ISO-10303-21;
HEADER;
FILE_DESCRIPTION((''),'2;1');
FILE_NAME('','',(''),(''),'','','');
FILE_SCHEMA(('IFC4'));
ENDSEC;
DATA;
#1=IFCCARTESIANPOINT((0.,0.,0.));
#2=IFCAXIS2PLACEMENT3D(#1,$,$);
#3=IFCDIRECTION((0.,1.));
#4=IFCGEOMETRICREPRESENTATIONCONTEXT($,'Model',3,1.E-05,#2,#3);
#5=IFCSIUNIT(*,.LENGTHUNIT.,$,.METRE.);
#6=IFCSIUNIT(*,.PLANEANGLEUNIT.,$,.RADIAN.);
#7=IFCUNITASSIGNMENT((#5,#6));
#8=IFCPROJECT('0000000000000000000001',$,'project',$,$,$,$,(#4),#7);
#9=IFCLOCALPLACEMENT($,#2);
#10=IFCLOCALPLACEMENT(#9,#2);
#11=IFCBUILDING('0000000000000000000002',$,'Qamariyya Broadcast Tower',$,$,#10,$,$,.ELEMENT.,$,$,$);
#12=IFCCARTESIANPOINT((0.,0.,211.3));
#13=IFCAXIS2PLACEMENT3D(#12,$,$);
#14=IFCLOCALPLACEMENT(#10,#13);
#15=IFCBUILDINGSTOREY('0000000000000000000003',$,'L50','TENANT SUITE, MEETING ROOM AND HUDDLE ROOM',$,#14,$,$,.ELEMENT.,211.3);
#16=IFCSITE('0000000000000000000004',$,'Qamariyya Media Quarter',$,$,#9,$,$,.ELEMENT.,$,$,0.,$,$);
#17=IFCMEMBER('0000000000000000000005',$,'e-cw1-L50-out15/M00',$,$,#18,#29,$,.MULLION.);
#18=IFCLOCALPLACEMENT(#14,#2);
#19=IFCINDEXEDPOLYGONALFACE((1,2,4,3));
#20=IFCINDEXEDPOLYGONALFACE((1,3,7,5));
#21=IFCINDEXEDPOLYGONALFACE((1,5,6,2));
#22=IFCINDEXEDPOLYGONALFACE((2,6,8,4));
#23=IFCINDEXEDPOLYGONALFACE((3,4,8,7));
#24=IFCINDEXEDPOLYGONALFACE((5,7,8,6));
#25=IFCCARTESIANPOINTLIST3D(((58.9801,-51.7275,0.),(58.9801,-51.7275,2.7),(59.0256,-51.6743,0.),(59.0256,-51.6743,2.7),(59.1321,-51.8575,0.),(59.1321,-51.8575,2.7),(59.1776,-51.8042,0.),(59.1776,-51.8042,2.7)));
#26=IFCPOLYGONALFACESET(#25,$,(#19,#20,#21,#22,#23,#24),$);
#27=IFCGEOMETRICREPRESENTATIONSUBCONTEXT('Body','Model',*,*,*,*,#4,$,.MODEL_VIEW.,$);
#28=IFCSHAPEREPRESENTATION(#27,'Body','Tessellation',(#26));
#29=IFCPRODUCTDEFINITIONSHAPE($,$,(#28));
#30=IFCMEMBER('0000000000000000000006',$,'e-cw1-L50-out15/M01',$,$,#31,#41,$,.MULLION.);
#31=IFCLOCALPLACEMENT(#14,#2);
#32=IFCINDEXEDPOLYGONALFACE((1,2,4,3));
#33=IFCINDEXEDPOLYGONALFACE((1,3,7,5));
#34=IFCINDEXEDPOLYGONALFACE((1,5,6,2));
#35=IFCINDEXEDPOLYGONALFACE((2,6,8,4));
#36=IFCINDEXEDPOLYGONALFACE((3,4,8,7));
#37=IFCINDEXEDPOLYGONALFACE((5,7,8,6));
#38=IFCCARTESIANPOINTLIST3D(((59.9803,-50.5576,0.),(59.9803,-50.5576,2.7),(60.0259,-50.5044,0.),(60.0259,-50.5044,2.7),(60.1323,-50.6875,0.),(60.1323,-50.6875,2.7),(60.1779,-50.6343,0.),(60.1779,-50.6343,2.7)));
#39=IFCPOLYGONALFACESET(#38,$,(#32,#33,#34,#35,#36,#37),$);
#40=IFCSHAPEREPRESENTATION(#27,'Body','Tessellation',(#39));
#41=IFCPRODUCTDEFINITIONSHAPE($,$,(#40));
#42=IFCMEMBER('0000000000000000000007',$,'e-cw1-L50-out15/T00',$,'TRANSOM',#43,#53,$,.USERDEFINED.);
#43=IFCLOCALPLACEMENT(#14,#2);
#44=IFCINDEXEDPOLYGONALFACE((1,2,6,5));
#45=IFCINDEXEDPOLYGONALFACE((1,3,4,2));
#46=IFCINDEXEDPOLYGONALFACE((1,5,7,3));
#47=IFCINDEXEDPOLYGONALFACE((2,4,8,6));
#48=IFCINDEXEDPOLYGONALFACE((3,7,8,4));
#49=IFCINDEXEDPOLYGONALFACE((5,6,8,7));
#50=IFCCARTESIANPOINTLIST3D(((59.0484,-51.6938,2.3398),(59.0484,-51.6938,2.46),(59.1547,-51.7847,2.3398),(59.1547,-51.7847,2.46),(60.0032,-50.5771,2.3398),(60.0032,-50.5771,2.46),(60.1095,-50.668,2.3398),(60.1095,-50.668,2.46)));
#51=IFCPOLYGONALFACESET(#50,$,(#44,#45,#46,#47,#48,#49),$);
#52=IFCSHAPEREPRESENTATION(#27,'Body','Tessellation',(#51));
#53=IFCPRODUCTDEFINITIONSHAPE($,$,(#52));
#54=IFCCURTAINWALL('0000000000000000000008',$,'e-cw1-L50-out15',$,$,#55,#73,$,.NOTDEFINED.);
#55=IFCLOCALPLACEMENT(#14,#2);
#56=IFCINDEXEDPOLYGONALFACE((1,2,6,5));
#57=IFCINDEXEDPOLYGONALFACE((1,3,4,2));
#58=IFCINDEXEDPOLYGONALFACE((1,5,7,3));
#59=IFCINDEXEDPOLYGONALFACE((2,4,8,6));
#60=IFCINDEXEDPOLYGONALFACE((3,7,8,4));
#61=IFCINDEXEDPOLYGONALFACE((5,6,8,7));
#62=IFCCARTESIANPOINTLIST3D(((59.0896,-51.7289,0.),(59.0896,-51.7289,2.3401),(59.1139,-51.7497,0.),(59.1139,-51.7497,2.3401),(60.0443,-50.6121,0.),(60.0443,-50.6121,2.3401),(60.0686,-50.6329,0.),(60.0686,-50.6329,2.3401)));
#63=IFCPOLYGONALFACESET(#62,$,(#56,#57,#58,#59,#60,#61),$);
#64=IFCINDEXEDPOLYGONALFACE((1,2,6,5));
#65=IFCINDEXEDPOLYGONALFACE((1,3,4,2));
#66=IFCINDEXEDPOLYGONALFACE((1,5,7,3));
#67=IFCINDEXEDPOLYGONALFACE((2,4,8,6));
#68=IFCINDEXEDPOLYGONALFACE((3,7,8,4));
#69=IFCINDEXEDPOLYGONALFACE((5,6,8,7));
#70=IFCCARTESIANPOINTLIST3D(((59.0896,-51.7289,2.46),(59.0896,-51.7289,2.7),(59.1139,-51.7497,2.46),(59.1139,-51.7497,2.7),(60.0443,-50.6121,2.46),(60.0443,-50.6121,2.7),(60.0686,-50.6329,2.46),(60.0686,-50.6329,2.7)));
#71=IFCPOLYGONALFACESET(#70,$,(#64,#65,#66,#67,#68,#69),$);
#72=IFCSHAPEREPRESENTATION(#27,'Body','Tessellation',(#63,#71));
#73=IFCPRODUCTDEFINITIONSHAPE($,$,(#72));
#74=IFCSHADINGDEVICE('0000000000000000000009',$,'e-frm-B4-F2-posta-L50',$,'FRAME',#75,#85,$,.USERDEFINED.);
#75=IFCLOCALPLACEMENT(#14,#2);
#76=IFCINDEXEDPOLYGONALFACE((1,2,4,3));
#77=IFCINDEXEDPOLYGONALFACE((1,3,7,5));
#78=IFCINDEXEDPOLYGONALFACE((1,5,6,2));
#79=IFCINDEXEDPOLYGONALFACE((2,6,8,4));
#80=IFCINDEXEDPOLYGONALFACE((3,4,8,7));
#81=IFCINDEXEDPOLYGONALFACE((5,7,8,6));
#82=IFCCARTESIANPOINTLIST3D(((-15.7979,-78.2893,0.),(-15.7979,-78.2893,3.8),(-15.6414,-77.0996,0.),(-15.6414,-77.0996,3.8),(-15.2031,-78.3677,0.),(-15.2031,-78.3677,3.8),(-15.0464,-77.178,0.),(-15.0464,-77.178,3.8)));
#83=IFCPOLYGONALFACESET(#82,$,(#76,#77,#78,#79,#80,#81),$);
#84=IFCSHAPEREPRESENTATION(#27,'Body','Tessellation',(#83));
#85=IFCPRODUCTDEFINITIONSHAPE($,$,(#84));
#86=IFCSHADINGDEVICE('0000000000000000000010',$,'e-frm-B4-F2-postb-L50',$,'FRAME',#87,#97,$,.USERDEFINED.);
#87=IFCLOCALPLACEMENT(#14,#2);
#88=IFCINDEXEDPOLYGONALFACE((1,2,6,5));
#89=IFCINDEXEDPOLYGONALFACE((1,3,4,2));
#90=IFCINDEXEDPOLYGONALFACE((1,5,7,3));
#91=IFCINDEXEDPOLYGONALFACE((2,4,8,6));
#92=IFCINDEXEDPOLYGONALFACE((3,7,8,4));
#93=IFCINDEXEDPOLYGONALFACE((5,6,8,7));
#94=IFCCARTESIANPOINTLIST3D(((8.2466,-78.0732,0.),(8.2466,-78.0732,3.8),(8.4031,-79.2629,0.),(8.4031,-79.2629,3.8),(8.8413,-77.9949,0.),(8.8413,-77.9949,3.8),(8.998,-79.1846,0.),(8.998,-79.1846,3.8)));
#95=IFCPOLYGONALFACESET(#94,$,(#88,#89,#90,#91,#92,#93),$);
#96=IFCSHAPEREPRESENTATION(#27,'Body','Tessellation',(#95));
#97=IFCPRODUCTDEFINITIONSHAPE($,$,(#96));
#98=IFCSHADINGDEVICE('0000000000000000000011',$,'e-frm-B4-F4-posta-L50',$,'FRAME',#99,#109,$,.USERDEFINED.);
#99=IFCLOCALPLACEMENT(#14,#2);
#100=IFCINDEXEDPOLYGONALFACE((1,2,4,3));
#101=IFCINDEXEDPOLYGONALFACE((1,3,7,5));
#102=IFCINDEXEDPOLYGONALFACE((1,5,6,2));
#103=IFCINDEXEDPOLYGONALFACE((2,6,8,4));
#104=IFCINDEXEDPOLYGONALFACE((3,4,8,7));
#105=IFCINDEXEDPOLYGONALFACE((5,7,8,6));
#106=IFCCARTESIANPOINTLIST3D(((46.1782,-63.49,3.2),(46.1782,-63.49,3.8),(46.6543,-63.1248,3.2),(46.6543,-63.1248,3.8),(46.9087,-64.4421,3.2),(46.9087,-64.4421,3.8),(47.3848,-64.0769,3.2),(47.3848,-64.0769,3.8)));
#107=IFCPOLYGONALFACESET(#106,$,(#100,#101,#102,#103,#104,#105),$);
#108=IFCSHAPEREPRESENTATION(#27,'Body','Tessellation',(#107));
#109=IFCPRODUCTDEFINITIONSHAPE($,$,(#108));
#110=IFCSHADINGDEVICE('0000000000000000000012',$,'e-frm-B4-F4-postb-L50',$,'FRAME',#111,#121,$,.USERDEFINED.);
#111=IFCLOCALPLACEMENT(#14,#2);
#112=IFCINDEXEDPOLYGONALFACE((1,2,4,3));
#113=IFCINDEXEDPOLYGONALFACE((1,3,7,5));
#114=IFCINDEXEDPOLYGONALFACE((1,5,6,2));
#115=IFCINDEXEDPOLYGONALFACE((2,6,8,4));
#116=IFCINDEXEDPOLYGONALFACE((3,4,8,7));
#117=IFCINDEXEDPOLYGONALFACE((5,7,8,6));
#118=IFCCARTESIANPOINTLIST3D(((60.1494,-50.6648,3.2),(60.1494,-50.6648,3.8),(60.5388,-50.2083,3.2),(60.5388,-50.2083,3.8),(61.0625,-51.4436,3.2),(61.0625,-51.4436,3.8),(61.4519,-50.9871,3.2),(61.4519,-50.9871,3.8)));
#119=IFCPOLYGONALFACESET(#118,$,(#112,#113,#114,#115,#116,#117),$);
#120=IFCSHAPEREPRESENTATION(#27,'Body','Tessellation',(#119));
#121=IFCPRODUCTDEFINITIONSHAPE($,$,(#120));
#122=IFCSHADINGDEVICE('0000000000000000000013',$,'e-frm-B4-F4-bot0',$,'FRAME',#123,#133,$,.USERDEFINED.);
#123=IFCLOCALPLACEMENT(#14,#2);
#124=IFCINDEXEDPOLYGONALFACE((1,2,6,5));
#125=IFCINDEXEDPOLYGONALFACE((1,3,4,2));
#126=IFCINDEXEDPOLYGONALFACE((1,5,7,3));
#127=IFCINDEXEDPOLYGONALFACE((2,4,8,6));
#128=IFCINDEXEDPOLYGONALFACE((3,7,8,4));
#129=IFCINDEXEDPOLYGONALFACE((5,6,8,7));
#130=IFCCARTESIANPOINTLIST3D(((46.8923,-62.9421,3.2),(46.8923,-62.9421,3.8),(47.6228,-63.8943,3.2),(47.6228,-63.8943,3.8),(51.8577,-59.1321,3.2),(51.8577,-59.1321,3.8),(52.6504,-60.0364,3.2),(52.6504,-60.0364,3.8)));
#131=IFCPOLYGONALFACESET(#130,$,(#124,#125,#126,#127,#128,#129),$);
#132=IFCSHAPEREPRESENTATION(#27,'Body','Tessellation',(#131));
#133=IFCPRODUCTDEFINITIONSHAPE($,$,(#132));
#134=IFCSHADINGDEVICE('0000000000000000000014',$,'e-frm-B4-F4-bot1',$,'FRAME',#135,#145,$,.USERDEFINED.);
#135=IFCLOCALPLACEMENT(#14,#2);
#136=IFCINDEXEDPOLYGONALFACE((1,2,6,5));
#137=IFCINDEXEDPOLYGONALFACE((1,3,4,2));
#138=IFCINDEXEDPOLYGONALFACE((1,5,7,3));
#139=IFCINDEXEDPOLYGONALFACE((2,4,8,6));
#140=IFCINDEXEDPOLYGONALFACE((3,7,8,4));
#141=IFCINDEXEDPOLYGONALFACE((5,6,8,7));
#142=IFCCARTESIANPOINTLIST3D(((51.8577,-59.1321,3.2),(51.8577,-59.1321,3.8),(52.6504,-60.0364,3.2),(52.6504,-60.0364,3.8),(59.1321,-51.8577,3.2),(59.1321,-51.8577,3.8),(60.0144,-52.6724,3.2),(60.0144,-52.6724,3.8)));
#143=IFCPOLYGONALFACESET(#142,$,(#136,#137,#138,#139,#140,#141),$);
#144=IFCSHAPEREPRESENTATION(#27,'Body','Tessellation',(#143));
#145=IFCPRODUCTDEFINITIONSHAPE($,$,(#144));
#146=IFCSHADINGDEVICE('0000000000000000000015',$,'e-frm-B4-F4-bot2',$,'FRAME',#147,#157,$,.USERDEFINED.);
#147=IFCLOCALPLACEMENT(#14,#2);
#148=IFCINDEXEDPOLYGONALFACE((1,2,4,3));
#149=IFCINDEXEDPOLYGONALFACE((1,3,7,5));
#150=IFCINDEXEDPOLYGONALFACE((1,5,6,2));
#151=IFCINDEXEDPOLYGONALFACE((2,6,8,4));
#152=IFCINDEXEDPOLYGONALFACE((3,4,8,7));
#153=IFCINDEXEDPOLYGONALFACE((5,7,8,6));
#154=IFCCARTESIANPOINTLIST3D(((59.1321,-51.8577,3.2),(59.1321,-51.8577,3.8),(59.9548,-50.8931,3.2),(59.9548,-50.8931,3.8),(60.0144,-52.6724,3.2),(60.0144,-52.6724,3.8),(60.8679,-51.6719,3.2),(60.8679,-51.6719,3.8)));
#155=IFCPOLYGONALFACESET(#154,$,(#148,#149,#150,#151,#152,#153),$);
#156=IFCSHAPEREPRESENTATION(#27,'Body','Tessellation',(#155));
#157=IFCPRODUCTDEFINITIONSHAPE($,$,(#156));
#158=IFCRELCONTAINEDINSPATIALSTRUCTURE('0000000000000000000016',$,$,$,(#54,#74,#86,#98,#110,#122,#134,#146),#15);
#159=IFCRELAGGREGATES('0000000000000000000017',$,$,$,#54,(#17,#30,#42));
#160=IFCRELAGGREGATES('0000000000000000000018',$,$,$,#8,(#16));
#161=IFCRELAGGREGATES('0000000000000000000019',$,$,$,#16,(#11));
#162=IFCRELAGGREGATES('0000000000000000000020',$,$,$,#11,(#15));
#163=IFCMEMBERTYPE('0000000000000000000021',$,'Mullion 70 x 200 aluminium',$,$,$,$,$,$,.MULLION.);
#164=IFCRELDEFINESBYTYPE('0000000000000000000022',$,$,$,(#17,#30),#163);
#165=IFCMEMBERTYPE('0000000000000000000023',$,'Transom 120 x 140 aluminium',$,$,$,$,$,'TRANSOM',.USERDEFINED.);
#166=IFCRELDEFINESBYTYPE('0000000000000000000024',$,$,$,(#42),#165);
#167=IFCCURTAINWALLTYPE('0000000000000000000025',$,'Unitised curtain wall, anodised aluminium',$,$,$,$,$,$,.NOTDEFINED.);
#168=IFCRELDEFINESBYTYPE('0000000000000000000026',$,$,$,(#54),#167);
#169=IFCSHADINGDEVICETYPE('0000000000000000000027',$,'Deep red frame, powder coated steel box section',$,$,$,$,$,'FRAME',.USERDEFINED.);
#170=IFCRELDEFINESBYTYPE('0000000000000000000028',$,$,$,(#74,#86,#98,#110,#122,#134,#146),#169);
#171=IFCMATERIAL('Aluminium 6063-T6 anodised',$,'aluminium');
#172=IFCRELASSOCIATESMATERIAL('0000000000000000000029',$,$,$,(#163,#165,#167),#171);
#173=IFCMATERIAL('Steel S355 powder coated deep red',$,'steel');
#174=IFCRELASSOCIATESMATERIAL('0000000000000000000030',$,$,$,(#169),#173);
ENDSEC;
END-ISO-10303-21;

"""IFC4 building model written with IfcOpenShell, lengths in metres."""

from ifc_helpers import new_model, si_unit, direction, frame, origin, origin_2d, place, context, subcontext, project, spatial, polyline, rectangle, outline, extrude, material, material_profile, profile_set, type_object, element, aggregate, save


model = new_model("IFC4")

# Units and contexts
model_context = context("Model", 3, precision=1e-05, world=origin(), true_north=direction((0.0, 1.0)))
body_context = subcontext(model_context, "Body", "Model", "MODEL_VIEW")
ifc_project = project(units=[si_unit("LENGTHUNIT", "METRE"), si_unit("PLANEANGLEUNIT", "RADIAN")], contexts=[model_context])

# Members
ifc_material_1 = material(Name="Aluminium 6063-T6 anodised", Category="aluminium")
ifc_material_profile_1 = material_profile(ifc_material_1, rectangle(XDim=0.2, YDim=0.0701, at=origin_2d()))
ifc_profile_set_1 = profile_set([ifc_material_profile_1], Name="Aluminium 6063-T6 anodised")
member_type_1 = type_object("IfcMemberType", Name="Mullion 70 x 200 aluminium", PredefinedType="MULLION", material=ifc_profile_set_1)
site_placement = place(None, origin())
building_placement = place(site_placement, origin())
storey_placement = place(building_placement, frame((0.0, 0.0, 211.3)))
member_1_placement = place(storey_placement, frame((59.0789, -51.7659, 0.0), z_axis=(0.0, 0.0, 1.0), x_axis=(-0.760138, 0.649761, 0.0)))
member_1 = element("IfcMember", 1, at=member_1_placement, type_object=member_type_1, Name="e-cw1-L50-out15/M00", PredefinedType="MULLION", context=body_context, shape_type="SweptSolid", body=[
    extrude(rectangle(XDim=0.2, YDim=0.0701, at=origin_2d()), origin(), (0.0, 0.0, 1.0), 2.7),
])
member_2_placement = place(storey_placement, frame((60.0791, -50.5959, 0.0), z_axis=(0.0, 0.0, 1.0), x_axis=(-0.760138, 0.649761, 0.0)))
member_2 = element("IfcMember", 2, at=member_2_placement, type_object=member_type_1, Name="e-cw1-L50-out15/M01", PredefinedType="MULLION", context=body_context, shape_type="SweptSolid", body=[
    extrude(rectangle(XDim=0.2, YDim=0.0701, at=origin_2d()), origin(), (0.0, 0.0, 1.0), 2.7),
])
ifc_material_profile_2 = material_profile(ifc_material_1, rectangle(XDim=0.1399, YDim=0.1201, at=origin_2d()))
ifc_profile_set_2 = profile_set([ifc_material_profile_2], Name="Aluminium 6063-T6 anodised")
member_type_2 = type_object("IfcMemberType", Name="Transom 120 x 140 aluminium", ElementType="TRANSOM", PredefinedType="USERDEFINED", material=ifc_profile_set_2)
member_3_placement = place(storey_placement, frame((59.1016, -51.7393, 2.3999), z_axis=(0.649874, 0.760042, 0.0), x_axis=(-0.760042, 0.649874, 0.0)))
member_3 = element("IfcMember", 3, at=member_3_placement, type_object=member_type_2, Name="e-cw1-L50-out15/T00", ObjectType="TRANSOM", PredefinedType="USERDEFINED", context=body_context, shape_type="SweptSolid", body=[
    extrude(rectangle(XDim=0.1399, YDim=0.1201, at=origin_2d()), origin(), (0.0, 0.0, 1.0), 1.4692),
])

# Site, building, storey
site = spatial("IfcSite", under=ifc_project, at=site_placement, Name="Qamariyya Media Quarter", CompositionType="ELEMENT", RefElevation=0.0)
building = spatial("IfcBuilding", under=site, at=building_placement, Name="Qamariyya Broadcast Tower", CompositionType="ELEMENT")
storey = spatial("IfcBuildingStorey", under=building, at=storey_placement, Name="L50", Description="TENANT SUITE, MEETING ROOM AND HUDDLE ROOM", CompositionType="ELEMENT", Elevation=211.3)

# Curtain wall
curtain_wall_type = type_object("IfcCurtainWallType", Name="Unitised curtain wall, anodised aluminium", PredefinedType="NOTDEFINED", material=ifc_material_1)
curtain_wall_1_placement = place(storey_placement, origin())
curtain_wall_1 = element("IfcCurtainWall", 4, at=curtain_wall_1_placement, inside=storey, type_object=curtain_wall_type, Name="e-cw1-L50-out15", PredefinedType="NOTDEFINED", context=body_context, shape_type="SweptSolid", body=[
    extrude(rectangle(XDim=1.4692, YDim=0.032, at=origin_2d()), frame((59.5791, -51.1809, 0.0), x_axis=(0.649804, 0.760102, 0.0)), (0.0, 0.0, 1.0), 2.3401),
    extrude(rectangle(XDim=1.4692, YDim=0.032, at=origin_2d()), frame((59.5791, -51.1809, 2.46), x_axis=(0.649804, 0.760102, 0.0)), (0.0, 0.0, 1.0), 0.24),
])
aggregate(curtain_wall_1, [member_1, member_2, member_3])

# Shading devices
ifc_material_2 = material(Name="Steel S355 powder coated deep red", Category="steel")
shading_device_type = type_object("IfcShadingDeviceType", Name="Deep red frame, powder coated steel box section", ElementType="FRAME", PredefinedType="USERDEFINED", material=ifc_material_2)
shading_device_1_placement = place(storey_placement, origin())
element("IfcShadingDevice", 5, at=shading_device_1_placement, inside=storey, type_object=shading_device_type, Name="e-frm-B4-F2-posta-L50", ObjectType="FRAME", PredefinedType="USERDEFINED", context=body_context, shape_type="SweptSolid", body=[
    extrude(outline(polyline([(-15.6414, -77.0996), (-15.7979, -78.2893), (-15.2031, -78.3677), (-15.0464, -77.178), (-15.6414, -77.0996)])), origin(), (0.0, 0.0, 1.0), 3.8),
])
shading_device_2_placement = place(storey_placement, origin())
element("IfcShadingDevice", 6, at=shading_device_2_placement, inside=storey, type_object=shading_device_type, Name="e-frm-B4-F2-postb-L50", ObjectType="FRAME", PredefinedType="USERDEFINED", context=body_context, shape_type="SweptSolid", body=[
    extrude(outline(polyline([(8.2466, -78.0732), (8.4031, -79.2629), (8.998, -79.1846), (8.8413, -77.9949), (8.2466, -78.0732)])), origin(), (0.0, 0.0, 1.0), 3.8),
])
shading_device_3_placement = place(storey_placement, frame((0.0, 0.0, 3.2)))
element("IfcShadingDevice", 7, at=shading_device_3_placement, inside=storey, type_object=shading_device_type, Name="e-frm-B4-F4-posta-L50", ObjectType="FRAME", PredefinedType="USERDEFINED", context=body_context, shape_type="SweptSolid", body=[
    extrude(outline(polyline([(46.1782, -63.49), (46.9087, -64.4421), (47.3848, -64.0769), (46.6543, -63.1248), (46.1782, -63.49)])), origin(), (0.0, 0.0, 1.0), 0.6001),
])
shading_device_4_placement = place(storey_placement, frame((0.0, 0.0, 3.2)))
element("IfcShadingDevice", 8, at=shading_device_4_placement, inside=storey, type_object=shading_device_type, Name="e-frm-B4-F4-postb-L50", ObjectType="FRAME", PredefinedType="USERDEFINED", context=body_context, shape_type="SweptSolid", body=[
    extrude(outline(polyline([(60.1494, -50.6648), (61.0625, -51.4436), (61.4519, -50.9871), (60.5388, -50.2083), (60.1494, -50.6648)])), origin(), (0.0, 0.0, 1.0), 0.6001),
])
shading_device_5_placement = place(storey_placement, frame((0.0, 0.0, 3.2)))
element("IfcShadingDevice", 9, at=shading_device_5_placement, inside=storey, type_object=shading_device_type, Name="e-frm-B4-F4-bot0", ObjectType="FRAME", PredefinedType="USERDEFINED", context=body_context, shape_type="SweptSolid", body=[
    extrude(outline(polyline([(46.8923, -62.9421), (47.6228, -63.8943), (52.6504, -60.0364), (51.8577, -59.1321), (46.8923, -62.9421)])), origin(), (0.0, 0.0, 1.0), 0.6001),
])
shading_device_6_placement = place(storey_placement, frame((0.0, 0.0, 3.2)))
element("IfcShadingDevice", 10, at=shading_device_6_placement, inside=storey, type_object=shading_device_type, Name="e-frm-B4-F4-bot1", ObjectType="FRAME", PredefinedType="USERDEFINED", context=body_context, shape_type="SweptSolid", body=[
    extrude(outline(polyline([(51.8577, -59.1321), (52.6504, -60.0364), (60.0144, -52.6724), (59.1321, -51.8577), (51.8577, -59.1321)])), origin(), (0.0, 0.0, 1.0), 0.6001),
])
shading_device_7_placement = place(storey_placement, frame((0.0, 0.0, 3.2)))
element("IfcShadingDevice", 11, at=shading_device_7_placement, inside=storey, type_object=shading_device_type, Name="e-frm-B4-F4-bot2", ObjectType="FRAME", PredefinedType="USERDEFINED", context=body_context, shape_type="SweptSolid", body=[
    extrude(outline(polyline([(59.1321, -51.8577), (60.0144, -52.6724), (60.8679, -51.6719), (59.9548, -50.8931), (59.1321, -51.8577)])), origin(), (0.0, 0.0, 1.0), 0.6001),
])

save(model, "model.ifc")
